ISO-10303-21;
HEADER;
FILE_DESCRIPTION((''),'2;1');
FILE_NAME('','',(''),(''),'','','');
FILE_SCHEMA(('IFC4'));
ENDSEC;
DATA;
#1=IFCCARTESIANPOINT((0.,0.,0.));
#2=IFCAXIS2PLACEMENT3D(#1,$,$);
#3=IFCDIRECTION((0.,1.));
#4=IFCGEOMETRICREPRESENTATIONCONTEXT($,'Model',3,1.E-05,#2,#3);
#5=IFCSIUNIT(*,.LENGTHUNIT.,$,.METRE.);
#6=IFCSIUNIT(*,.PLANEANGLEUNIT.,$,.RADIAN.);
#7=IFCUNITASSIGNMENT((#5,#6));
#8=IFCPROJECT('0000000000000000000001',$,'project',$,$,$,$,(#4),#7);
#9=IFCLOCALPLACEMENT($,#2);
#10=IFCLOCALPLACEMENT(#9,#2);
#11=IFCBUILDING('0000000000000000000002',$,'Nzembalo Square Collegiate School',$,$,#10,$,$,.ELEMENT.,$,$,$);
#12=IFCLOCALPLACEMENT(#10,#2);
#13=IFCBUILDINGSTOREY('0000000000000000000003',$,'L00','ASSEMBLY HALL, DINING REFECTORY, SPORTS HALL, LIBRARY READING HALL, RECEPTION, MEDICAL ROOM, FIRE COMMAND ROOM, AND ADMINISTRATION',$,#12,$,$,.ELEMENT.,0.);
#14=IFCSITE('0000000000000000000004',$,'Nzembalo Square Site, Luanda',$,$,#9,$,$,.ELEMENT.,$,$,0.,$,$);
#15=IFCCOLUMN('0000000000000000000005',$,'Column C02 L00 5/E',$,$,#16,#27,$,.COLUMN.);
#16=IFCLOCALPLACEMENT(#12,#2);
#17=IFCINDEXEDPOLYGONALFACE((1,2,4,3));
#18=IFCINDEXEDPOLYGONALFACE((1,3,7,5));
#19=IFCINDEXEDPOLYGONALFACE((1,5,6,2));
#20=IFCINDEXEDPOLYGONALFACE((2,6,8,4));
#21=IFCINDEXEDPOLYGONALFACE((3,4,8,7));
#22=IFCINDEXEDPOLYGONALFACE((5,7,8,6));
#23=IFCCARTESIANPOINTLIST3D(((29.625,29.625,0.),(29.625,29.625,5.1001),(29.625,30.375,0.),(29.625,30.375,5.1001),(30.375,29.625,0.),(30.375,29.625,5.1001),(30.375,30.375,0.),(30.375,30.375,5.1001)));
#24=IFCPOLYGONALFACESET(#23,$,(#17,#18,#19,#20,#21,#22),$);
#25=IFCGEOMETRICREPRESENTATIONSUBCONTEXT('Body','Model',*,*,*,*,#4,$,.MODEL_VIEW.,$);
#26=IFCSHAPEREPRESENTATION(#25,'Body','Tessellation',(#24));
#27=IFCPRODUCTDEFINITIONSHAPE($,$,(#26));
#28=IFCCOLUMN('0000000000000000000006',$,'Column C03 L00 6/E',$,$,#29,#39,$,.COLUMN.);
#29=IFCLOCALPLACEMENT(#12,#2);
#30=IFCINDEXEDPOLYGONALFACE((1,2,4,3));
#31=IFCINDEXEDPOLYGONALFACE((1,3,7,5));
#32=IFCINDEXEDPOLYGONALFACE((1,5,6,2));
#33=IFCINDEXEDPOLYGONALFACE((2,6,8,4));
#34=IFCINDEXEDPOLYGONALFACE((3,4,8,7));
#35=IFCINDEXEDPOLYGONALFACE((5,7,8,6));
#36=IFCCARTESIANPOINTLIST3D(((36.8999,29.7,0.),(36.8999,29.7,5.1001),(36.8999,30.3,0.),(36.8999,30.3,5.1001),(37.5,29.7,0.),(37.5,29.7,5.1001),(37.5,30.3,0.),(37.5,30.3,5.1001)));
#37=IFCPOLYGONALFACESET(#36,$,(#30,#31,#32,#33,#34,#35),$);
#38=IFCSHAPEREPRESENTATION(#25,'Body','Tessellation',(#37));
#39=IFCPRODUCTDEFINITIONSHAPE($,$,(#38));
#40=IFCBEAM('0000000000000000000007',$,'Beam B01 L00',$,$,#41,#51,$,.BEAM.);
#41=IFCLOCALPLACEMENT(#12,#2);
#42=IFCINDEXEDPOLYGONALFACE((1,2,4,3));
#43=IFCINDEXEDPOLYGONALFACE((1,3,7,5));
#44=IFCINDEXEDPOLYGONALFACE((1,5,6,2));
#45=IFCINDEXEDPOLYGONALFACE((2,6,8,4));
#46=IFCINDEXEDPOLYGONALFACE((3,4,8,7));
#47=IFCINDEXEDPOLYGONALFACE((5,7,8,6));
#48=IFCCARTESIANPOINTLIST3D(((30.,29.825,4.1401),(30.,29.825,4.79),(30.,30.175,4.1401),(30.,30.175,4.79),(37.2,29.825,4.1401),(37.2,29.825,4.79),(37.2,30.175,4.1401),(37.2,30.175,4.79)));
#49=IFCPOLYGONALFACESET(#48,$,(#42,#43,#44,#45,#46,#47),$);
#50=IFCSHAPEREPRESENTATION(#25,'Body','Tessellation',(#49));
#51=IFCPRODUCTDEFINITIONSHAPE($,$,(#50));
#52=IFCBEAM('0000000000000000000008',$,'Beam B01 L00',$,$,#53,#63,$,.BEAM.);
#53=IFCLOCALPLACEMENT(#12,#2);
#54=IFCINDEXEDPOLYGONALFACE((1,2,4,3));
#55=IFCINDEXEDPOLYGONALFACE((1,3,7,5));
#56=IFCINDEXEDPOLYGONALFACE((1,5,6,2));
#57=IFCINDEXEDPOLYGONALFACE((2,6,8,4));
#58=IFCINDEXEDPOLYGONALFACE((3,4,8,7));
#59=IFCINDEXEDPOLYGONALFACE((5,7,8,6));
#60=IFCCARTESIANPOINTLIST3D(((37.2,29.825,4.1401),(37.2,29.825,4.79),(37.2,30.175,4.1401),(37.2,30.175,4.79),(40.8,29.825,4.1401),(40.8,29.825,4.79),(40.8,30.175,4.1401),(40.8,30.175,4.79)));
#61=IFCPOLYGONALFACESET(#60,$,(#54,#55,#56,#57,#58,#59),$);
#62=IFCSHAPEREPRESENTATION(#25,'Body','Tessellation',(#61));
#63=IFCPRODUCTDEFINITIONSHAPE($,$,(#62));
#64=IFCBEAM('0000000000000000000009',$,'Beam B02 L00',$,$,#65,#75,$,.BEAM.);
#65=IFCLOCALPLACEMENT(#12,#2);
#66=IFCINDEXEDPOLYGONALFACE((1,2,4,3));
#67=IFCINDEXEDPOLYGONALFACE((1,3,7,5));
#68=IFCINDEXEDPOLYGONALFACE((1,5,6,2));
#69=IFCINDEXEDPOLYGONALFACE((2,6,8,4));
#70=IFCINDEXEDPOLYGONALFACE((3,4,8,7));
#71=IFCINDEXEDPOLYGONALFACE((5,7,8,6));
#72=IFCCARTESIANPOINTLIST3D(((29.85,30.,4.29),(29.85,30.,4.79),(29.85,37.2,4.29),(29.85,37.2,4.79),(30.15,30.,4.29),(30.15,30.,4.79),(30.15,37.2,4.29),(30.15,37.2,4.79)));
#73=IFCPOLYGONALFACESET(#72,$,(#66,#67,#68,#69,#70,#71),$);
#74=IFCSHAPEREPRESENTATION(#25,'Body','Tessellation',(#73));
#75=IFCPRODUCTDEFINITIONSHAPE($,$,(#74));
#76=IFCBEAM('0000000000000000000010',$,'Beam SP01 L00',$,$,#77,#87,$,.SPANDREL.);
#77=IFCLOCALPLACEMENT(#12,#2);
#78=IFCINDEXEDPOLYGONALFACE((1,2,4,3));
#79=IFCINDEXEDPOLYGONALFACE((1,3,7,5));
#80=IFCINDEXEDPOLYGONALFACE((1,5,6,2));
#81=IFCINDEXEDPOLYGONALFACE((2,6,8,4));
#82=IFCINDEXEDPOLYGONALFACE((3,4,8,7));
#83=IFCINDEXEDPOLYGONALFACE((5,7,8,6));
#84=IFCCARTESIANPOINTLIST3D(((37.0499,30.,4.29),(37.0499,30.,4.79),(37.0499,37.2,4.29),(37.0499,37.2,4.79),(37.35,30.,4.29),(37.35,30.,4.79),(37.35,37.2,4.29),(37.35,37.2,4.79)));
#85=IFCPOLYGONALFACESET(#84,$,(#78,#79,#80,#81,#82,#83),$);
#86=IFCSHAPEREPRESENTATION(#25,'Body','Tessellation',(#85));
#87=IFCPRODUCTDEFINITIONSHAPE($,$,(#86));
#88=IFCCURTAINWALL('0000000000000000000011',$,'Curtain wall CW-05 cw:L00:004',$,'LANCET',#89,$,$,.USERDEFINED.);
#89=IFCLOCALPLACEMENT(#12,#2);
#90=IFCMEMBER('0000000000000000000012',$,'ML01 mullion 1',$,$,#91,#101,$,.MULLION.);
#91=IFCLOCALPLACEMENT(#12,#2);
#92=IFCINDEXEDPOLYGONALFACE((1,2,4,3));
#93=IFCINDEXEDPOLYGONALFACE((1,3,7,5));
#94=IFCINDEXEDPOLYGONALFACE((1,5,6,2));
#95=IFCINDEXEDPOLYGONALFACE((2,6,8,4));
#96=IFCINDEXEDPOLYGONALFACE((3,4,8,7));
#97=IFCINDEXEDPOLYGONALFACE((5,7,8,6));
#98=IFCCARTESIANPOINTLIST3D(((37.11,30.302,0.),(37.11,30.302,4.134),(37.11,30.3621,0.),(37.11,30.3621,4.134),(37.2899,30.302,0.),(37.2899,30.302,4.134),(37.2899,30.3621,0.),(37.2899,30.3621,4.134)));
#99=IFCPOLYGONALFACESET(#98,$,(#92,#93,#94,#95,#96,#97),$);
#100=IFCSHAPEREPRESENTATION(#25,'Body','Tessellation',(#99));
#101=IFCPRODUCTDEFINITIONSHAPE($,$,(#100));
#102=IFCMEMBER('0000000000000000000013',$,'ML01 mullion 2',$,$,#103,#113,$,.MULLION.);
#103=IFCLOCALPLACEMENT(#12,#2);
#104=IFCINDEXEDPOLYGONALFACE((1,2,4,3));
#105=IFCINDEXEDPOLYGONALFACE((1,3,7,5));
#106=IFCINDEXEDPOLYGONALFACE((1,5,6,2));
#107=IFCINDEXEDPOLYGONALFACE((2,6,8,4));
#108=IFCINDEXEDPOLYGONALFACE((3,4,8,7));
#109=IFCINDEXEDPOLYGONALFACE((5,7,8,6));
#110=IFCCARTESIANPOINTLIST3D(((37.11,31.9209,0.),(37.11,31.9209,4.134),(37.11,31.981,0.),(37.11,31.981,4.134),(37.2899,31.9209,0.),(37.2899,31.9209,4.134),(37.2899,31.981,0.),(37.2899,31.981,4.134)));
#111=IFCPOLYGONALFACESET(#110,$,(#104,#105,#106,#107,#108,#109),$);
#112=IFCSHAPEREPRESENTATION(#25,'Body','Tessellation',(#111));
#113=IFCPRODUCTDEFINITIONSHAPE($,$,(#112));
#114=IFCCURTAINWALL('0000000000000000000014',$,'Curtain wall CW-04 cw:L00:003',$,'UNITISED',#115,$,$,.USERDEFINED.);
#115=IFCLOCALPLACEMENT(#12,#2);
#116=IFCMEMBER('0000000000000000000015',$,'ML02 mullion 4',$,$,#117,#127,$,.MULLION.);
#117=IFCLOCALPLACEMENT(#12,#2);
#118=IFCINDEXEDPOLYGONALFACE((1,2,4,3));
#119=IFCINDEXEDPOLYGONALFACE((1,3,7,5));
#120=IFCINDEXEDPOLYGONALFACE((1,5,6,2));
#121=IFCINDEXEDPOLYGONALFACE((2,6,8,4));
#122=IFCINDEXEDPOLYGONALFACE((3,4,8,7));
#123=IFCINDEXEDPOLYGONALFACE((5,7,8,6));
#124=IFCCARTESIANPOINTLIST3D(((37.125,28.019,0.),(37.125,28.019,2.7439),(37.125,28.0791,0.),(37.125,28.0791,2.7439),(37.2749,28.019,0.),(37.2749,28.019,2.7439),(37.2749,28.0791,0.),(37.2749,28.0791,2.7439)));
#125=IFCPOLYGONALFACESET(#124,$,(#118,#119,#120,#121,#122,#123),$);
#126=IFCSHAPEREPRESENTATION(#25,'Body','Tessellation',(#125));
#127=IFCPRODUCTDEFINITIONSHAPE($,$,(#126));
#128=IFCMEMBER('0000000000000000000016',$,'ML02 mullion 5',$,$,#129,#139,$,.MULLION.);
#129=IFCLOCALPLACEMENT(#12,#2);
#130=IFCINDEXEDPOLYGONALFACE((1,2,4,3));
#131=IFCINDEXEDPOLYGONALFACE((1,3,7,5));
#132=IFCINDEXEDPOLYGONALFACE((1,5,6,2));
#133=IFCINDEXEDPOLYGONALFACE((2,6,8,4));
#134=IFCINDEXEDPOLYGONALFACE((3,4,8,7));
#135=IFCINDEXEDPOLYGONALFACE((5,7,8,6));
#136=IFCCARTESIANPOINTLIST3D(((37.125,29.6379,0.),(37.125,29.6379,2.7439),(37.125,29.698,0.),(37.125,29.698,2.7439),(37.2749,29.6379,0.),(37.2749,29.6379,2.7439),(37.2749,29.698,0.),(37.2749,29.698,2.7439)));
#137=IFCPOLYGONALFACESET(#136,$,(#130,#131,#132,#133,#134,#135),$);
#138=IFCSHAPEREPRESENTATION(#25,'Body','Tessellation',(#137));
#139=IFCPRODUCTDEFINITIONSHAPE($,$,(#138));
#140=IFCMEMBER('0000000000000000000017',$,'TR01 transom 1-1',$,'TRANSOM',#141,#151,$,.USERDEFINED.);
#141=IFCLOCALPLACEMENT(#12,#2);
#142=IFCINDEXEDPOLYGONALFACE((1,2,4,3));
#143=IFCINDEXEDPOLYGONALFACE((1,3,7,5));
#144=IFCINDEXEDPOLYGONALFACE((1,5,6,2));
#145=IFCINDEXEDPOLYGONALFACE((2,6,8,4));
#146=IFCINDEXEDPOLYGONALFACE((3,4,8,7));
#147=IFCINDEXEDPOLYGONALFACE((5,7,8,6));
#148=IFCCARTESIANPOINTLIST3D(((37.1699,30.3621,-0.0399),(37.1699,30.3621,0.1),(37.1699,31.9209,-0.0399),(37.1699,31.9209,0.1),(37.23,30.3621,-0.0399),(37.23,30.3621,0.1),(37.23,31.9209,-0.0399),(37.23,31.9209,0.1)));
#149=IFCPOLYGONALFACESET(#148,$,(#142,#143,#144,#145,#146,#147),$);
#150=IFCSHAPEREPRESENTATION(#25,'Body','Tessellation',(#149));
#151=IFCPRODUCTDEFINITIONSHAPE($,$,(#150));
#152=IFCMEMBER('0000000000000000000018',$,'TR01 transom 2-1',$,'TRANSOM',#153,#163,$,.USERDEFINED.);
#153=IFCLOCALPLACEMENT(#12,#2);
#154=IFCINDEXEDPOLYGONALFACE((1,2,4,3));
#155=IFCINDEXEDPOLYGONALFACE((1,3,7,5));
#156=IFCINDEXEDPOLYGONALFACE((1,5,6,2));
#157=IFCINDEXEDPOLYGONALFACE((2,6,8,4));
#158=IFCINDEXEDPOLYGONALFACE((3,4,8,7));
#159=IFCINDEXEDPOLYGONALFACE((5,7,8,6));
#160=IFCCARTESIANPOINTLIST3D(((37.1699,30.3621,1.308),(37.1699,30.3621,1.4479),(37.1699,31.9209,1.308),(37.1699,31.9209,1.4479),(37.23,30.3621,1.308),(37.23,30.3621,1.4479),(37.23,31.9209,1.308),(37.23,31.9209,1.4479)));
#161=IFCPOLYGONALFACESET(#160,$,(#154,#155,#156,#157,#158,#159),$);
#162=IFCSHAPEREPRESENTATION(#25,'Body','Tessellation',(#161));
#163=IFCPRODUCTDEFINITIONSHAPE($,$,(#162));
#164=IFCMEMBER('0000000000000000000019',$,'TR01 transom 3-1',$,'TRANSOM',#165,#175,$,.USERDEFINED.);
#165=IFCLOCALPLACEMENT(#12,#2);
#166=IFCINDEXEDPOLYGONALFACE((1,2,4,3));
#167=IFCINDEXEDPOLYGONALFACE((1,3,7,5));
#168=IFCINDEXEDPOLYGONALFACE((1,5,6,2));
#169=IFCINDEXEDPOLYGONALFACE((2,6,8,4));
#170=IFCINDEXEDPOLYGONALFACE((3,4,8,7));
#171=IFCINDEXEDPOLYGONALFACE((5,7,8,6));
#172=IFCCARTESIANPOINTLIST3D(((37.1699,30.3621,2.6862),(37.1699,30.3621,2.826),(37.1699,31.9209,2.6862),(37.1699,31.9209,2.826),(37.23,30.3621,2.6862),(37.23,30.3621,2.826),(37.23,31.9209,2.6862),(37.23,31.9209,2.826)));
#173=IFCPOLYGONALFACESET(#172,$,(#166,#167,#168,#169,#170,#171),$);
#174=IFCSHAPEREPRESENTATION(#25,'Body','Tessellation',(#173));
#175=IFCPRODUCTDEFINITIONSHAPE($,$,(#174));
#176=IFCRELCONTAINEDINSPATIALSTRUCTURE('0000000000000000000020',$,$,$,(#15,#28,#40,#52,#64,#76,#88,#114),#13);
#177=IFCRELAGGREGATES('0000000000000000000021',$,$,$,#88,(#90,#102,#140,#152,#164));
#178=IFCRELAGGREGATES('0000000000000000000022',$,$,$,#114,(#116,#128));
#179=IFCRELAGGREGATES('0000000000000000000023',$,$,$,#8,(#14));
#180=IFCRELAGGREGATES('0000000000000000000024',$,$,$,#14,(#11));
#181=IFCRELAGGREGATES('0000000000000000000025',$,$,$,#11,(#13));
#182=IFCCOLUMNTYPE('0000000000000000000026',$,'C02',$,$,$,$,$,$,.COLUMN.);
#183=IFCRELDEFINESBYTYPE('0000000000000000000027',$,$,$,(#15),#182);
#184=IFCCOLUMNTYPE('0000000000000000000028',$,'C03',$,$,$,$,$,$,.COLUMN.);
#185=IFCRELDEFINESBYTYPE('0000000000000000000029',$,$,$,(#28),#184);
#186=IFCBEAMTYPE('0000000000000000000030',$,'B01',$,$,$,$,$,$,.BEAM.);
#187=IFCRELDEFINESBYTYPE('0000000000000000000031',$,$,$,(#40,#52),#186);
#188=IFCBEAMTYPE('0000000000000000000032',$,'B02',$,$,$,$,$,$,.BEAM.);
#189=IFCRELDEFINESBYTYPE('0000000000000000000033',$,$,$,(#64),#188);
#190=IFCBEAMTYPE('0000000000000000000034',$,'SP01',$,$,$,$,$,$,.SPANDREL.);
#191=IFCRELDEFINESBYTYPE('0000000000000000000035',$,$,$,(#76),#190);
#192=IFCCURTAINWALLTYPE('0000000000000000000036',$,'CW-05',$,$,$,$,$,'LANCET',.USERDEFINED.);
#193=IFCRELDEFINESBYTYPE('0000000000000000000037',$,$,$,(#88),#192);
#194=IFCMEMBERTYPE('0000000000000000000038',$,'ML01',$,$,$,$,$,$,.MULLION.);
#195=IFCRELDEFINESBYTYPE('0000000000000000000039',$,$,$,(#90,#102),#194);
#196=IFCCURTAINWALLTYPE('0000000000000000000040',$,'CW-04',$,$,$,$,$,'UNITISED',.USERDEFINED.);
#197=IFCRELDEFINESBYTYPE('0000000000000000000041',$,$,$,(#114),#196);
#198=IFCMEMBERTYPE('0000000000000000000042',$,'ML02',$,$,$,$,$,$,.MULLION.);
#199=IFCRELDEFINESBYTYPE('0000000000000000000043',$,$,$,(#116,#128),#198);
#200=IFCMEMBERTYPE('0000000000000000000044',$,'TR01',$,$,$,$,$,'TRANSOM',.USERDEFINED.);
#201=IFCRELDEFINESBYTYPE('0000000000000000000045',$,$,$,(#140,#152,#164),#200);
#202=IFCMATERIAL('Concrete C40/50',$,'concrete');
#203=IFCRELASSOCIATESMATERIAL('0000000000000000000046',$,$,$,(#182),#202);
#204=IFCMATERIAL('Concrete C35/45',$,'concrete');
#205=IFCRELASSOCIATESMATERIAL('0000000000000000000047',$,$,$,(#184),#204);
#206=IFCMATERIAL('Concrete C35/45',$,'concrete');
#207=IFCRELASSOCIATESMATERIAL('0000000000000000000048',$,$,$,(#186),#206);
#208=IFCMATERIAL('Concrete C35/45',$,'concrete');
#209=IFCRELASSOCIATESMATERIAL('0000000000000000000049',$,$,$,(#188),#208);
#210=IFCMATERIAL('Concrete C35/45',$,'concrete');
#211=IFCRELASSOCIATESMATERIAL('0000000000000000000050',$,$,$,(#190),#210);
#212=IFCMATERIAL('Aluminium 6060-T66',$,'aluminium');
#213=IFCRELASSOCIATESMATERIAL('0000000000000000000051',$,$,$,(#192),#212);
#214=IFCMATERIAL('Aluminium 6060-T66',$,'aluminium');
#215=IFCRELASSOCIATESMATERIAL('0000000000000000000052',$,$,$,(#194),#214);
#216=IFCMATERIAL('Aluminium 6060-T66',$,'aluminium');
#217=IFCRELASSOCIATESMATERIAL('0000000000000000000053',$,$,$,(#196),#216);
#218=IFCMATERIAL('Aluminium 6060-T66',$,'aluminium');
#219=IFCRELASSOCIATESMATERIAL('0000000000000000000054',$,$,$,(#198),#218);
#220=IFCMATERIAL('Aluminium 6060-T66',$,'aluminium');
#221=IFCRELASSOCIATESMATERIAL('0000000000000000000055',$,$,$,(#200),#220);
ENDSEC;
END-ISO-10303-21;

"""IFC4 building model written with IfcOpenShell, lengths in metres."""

from ifc_helpers import new_model, si_unit, direction, frame, origin, origin_2d, place, context, subcontext, project, spatial, rectangle, extrude, material, material_profile, profile_set, type_object, element, aggregate, save


model = new_model("IFC4")

# Units and contexts
model_context = context("Model", 3, precision=1e-05, world=origin(), true_north=direction((0.0, 1.0)))
body_context = subcontext(model_context, "Body", "Model", "MODEL_VIEW")
ifc_project = project(units=[si_unit("LENGTHUNIT", "METRE"), si_unit("PLANEANGLEUNIT", "RADIAN")], contexts=[model_context])

# Site, building, storey
site_placement = place(None, origin())
site = spatial("IfcSite", under=ifc_project, at=site_placement, Name="Nzembalo Square Site, Luanda", CompositionType="ELEMENT", RefElevation=0.0)
building_placement = place(site_placement, origin())
building = spatial("IfcBuilding", under=site, at=building_placement, Name="Nzembalo Square Collegiate School", CompositionType="ELEMENT")
storey_placement = place(building_placement, origin())
storey = spatial("IfcBuildingStorey", under=building, at=storey_placement, Name="L00", Description="ASSEMBLY HALL, DINING REFECTORY, SPORTS HALL, LIBRARY READING HALL, RECEPTION, MEDICAL ROOM, FIRE COMMAND ROOM, AND ADMINISTRATION", CompositionType="ELEMENT", Elevation=0.0)

# Columns
ifc_material_1 = material(Name="Concrete C40/50", Category="concrete")
ifc_material_profile_1 = material_profile(ifc_material_1, rectangle(XDim=0.75, YDim=0.75, at=origin_2d()), Name="RC 750x750")
ifc_profile_set_1 = profile_set([ifc_material_profile_1], Name="Concrete C40/50")
column_type_1 = type_object("IfcColumnType", Name="C02", PredefinedType="COLUMN", material=ifc_profile_set_1)
column_1_placement = place(storey_placement, frame((30.0, 30.0, 0.0), z_axis=(0.0, 0.0, 1.0), x_axis=(1.0, 0.0, 0.0)))
element("IfcColumn", 1, at=column_1_placement, inside=storey, type_object=column_type_1, Name="Column C02 L00 5/E", PredefinedType="COLUMN", context=body_context, shape_type="SweptSolid", body=[
    extrude(rectangle(XDim=0.75, YDim=0.75, at=origin_2d()), origin(), (0.0, 0.0, 1.0), 5.1001),
])
ifc_material_2 = material(Name="Concrete C35/45", Category="concrete")
ifc_material_profile_2 = material_profile(ifc_material_2, rectangle(XDim=0.6001, YDim=0.6001, at=origin_2d()), Name="RC 600x600")
ifc_profile_set_2 = profile_set([ifc_material_profile_2], Name="Concrete C35/45")
column_type_2 = type_object("IfcColumnType", Name="C03", PredefinedType="COLUMN", material=ifc_profile_set_2)
column_2_placement = place(storey_placement, frame((37.2, 30.0, 0.0), z_axis=(0.0, 0.0, 1.0), x_axis=(1.0, 0.0, 0.0)))
element("IfcColumn", 2, at=column_2_placement, inside=storey, type_object=column_type_2, Name="Column C03 L00 6/E", PredefinedType="COLUMN", context=body_context, shape_type="SweptSolid", body=[
    extrude(rectangle(XDim=0.6001, YDim=0.6001, at=origin_2d()), origin(), (0.0, 0.0, 1.0), 5.1001),
])

# Beams
ifc_material_3 = material(Name="Concrete C35/45", Category="concrete")
ifc_material_profile_3 = material_profile(ifc_material_3, rectangle(XDim=0.3501, YDim=0.6499, at=origin_2d()), Name="RC 350x650")
ifc_profile_set_3 = profile_set([ifc_material_profile_3], Name="Concrete C35/45")
beam_type_1 = type_object("IfcBeamType", Name="B01", PredefinedType="BEAM", material=ifc_profile_set_3)
beam_1_placement = place(storey_placement, frame((30.0, 30.0, 4.4651), z_axis=(1.0, 0.0, 0.0), x_axis=(0.0, 1.0, 0.0)))
element("IfcBeam", 3, at=beam_1_placement, inside=storey, type_object=beam_type_1, Name="Beam B01 L00", PredefinedType="BEAM", context=body_context, shape_type="SweptSolid", body=[
    extrude(rectangle(XDim=0.3501, YDim=0.6499, at=origin_2d()), origin(), (0.0, 0.0, 1.0), 7.2),
])
beam_2_placement = place(storey_placement, frame((37.2, 30.0, 4.4651), z_axis=(1.0, 0.0, 0.0), x_axis=(0.0, 1.0, 0.0)))
element("IfcBeam", 4, at=beam_2_placement, inside=storey, type_object=beam_type_1, Name="Beam B01 L00", PredefinedType="BEAM", context=body_context, shape_type="SweptSolid", body=[
    extrude(rectangle(XDim=0.3501, YDim=0.6499, at=origin_2d()), origin(), (0.0, 0.0, 1.0), 3.6001),
])
ifc_material_4 = material(Name="Concrete C35/45", Category="concrete")
ifc_material_profile_4 = material_profile(ifc_material_4, rectangle(XDim=0.3, YDim=0.5, at=origin_2d()), Name="RC 300x500")
ifc_profile_set_4 = profile_set([ifc_material_profile_4], Name="Concrete C35/45")
beam_type_2 = type_object("IfcBeamType", Name="B02", PredefinedType="BEAM", material=ifc_profile_set_4)
beam_3_placement = place(storey_placement, frame((30.0, 30.0, 4.54), z_axis=(0.0, 1.0, 0.0), x_axis=(-1.0, 0.0, 0.0)))
element("IfcBeam", 5, at=beam_3_placement, inside=storey, type_object=beam_type_2, Name="Beam B02 L00", PredefinedType="BEAM", context=body_context, shape_type="SweptSolid", body=[
    extrude(rectangle(XDim=0.3, YDim=0.5, at=origin_2d()), origin(), (0.0, 0.0, 1.0), 7.2),
])
ifc_material_5 = material(Name="Concrete C35/45", Category="concrete")
ifc_material_profile_5 = material_profile(ifc_material_5, rectangle(XDim=0.3, YDim=0.5, at=origin_2d()), Name="RC 300x500")
ifc_profile_set_5 = profile_set([ifc_material_profile_5], Name="Concrete C35/45")
beam_type_3 = type_object("IfcBeamType", Name="SP01", PredefinedType="SPANDREL", material=ifc_profile_set_5)
beam_4_placement = place(storey_placement, frame((37.2, 30.0, 4.54), z_axis=(0.0, 1.0, 0.0), x_axis=(-1.0, 0.0, 0.0)))
element("IfcBeam", 6, at=beam_4_placement, inside=storey, type_object=beam_type_3, Name="Beam SP01 L00", PredefinedType="SPANDREL", context=body_context, shape_type="SweptSolid", body=[
    extrude(rectangle(XDim=0.3, YDim=0.5, at=origin_2d()), origin(), (0.0, 0.0, 1.0), 7.2),
])

# Curtain walls, members
ifc_material_6 = material(Name="Aluminium 6060-T66", Category="aluminium")
curtain_wall_type_1 = type_object("IfcCurtainWallType", Name="CW-05", ElementType="LANCET", PredefinedType="USERDEFINED", material=ifc_material_6)
curtain_wall_1_placement = place(storey_placement, origin())
curtain_wall_1 = element("IfcCurtainWall", 7, at=curtain_wall_1_placement, inside=storey, type_object=curtain_wall_type_1, Name="Curtain wall CW-05 cw:L00:004", ObjectType="LANCET", PredefinedType="USERDEFINED")
ifc_material_7 = material(Name="Aluminium 6060-T66", Category="aluminium")
ifc_material_profile_6 = material_profile(ifc_material_7, rectangle(XDim=0.0601, YDim=0.1799, at=origin_2d()), Name="ALU M60x180")
ifc_profile_set_6 = profile_set([ifc_material_profile_6], Name="Aluminium 6060-T66")
member_type_1 = type_object("IfcMemberType", Name="ML01", PredefinedType="MULLION", material=ifc_profile_set_6)
member_1_placement = place(storey_placement, frame((37.2, 30.332, 0.0), z_axis=(0.0, 0.0, 1.0), x_axis=(0.0, 1.0, 0.0)))
member_1 = element("IfcMember", 8, at=member_1_placement, type_object=member_type_1, Name="ML01 mullion 1", PredefinedType="MULLION", context=body_context, shape_type="SweptSolid", body=[
    extrude(rectangle(XDim=0.0601, YDim=0.1799, at=origin_2d()), origin(), (0.0, 0.0, 1.0), 4.134),
])
member_2_placement = place(storey_placement, frame((37.2, 31.9509, 0.0), z_axis=(0.0, 0.0, 1.0), x_axis=(0.0, 1.0, 0.0)))
member_2 = element("IfcMember", 9, at=member_2_placement, type_object=member_type_1, Name="ML01 mullion 2", PredefinedType="MULLION", context=body_context, shape_type="SweptSolid", body=[
    extrude(rectangle(XDim=0.0601, YDim=0.1799, at=origin_2d()), origin(), (0.0, 0.0, 1.0), 4.134),
])
ifc_material_8 = material(Name="Aluminium 6060-T66", Category="aluminium")
curtain_wall_type_2 = type_object("IfcCurtainWallType", Name="CW-04", ElementType="UNITISED", PredefinedType="USERDEFINED", material=ifc_material_8)
curtain_wall_2_placement = place(storey_placement, origin())
curtain_wall_2 = element("IfcCurtainWall", 10, at=curtain_wall_2_placement, inside=storey, type_object=curtain_wall_type_2, Name="Curtain wall CW-04 cw:L00:003", ObjectType="UNITISED", PredefinedType="USERDEFINED")
ifc_material_9 = material(Name="Aluminium 6060-T66", Category="aluminium")
ifc_material_profile_7 = material_profile(ifc_material_9, rectangle(XDim=0.0601, YDim=0.1499, at=origin_2d()), Name="ALU M60x150")
ifc_profile_set_7 = profile_set([ifc_material_profile_7], Name="Aluminium 6060-T66")
member_type_2 = type_object("IfcMemberType", Name="ML02", PredefinedType="MULLION", material=ifc_profile_set_7)
member_3_placement = place(storey_placement, frame((37.2, 28.0491, 0.0), z_axis=(0.0, 0.0, 1.0), x_axis=(0.0, 1.0, 0.0)))
member_3 = element("IfcMember", 11, at=member_3_placement, type_object=member_type_2, Name="ML02 mullion 4", PredefinedType="MULLION", context=body_context, shape_type="SweptSolid", body=[
    extrude(rectangle(XDim=0.0601, YDim=0.1499, at=origin_2d()), origin(), (0.0, 0.0, 1.0), 2.7439),
])
member_4_placement = place(storey_placement, frame((37.2, 29.668, 0.0), z_axis=(0.0, 0.0, 1.0), x_axis=(0.0, 1.0, 0.0)))
member_4 = element("IfcMember", 12, at=member_4_placement, type_object=member_type_2, Name="ML02 mullion 5", PredefinedType="MULLION", context=body_context, shape_type="SweptSolid", body=[
    extrude(rectangle(XDim=0.0601, YDim=0.1499, at=origin_2d()), origin(), (0.0, 0.0, 1.0), 2.7439),
])

# Members
ifc_material_10 = material(Name="Aluminium 6060-T66", Category="aluminium")
ifc_material_profile_8 = material_profile(ifc_material_10, rectangle(XDim=0.0601, YDim=0.1399, at=origin_2d()), Name="ALU T60x140")
ifc_profile_set_8 = profile_set([ifc_material_profile_8], Name="Aluminium 6060-T66")
member_type_3 = type_object("IfcMemberType", Name="TR01", ElementType="TRANSOM", PredefinedType="USERDEFINED", material=ifc_profile_set_8)
member_5_placement = place(storey_placement, frame((37.2, 30.3621, 0.03), z_axis=(0.0, 1.0, 0.0), x_axis=(-1.0, 0.0, 0.0)))
member_5 = element("IfcMember", 13, at=member_5_placement, type_object=member_type_3, Name="TR01 transom 1-1", ObjectType="TRANSOM", PredefinedType="USERDEFINED", context=body_context, shape_type="SweptSolid", body=[
    extrude(rectangle(XDim=0.0601, YDim=0.1399, at=origin_2d()), origin(), (0.0, 0.0, 1.0), 1.5588),
])
member_6_placement = place(storey_placement, frame((37.2, 30.3621, 1.3779), z_axis=(0.0, 1.0, 0.0), x_axis=(-1.0, 0.0, 0.0)))
member_6 = element("IfcMember", 14, at=member_6_placement, type_object=member_type_3, Name="TR01 transom 2-1", ObjectType="TRANSOM", PredefinedType="USERDEFINED", context=body_context, shape_type="SweptSolid", body=[
    extrude(rectangle(XDim=0.0601, YDim=0.1399, at=origin_2d()), origin(), (0.0, 0.0, 1.0), 1.5588),
])
member_7_placement = place(storey_placement, frame((37.2, 30.3621, 2.7561), z_axis=(0.0, 1.0, 0.0), x_axis=(-1.0, 0.0, 0.0)))
member_7 = element("IfcMember", 15, at=member_7_placement, type_object=member_type_3, Name="TR01 transom 3-1", ObjectType="TRANSOM", PredefinedType="USERDEFINED", context=body_context, shape_type="SweptSolid", body=[
    extrude(rectangle(XDim=0.0601, YDim=0.1399, at=origin_2d()), origin(), (0.0, 0.0, 1.0), 1.5588),
])

aggregate(curtain_wall_1, [member_1, member_2, member_5, member_6, member_7])
aggregate(curtain_wall_2, [member_3, member_4])

save(model, "model.ifc")
